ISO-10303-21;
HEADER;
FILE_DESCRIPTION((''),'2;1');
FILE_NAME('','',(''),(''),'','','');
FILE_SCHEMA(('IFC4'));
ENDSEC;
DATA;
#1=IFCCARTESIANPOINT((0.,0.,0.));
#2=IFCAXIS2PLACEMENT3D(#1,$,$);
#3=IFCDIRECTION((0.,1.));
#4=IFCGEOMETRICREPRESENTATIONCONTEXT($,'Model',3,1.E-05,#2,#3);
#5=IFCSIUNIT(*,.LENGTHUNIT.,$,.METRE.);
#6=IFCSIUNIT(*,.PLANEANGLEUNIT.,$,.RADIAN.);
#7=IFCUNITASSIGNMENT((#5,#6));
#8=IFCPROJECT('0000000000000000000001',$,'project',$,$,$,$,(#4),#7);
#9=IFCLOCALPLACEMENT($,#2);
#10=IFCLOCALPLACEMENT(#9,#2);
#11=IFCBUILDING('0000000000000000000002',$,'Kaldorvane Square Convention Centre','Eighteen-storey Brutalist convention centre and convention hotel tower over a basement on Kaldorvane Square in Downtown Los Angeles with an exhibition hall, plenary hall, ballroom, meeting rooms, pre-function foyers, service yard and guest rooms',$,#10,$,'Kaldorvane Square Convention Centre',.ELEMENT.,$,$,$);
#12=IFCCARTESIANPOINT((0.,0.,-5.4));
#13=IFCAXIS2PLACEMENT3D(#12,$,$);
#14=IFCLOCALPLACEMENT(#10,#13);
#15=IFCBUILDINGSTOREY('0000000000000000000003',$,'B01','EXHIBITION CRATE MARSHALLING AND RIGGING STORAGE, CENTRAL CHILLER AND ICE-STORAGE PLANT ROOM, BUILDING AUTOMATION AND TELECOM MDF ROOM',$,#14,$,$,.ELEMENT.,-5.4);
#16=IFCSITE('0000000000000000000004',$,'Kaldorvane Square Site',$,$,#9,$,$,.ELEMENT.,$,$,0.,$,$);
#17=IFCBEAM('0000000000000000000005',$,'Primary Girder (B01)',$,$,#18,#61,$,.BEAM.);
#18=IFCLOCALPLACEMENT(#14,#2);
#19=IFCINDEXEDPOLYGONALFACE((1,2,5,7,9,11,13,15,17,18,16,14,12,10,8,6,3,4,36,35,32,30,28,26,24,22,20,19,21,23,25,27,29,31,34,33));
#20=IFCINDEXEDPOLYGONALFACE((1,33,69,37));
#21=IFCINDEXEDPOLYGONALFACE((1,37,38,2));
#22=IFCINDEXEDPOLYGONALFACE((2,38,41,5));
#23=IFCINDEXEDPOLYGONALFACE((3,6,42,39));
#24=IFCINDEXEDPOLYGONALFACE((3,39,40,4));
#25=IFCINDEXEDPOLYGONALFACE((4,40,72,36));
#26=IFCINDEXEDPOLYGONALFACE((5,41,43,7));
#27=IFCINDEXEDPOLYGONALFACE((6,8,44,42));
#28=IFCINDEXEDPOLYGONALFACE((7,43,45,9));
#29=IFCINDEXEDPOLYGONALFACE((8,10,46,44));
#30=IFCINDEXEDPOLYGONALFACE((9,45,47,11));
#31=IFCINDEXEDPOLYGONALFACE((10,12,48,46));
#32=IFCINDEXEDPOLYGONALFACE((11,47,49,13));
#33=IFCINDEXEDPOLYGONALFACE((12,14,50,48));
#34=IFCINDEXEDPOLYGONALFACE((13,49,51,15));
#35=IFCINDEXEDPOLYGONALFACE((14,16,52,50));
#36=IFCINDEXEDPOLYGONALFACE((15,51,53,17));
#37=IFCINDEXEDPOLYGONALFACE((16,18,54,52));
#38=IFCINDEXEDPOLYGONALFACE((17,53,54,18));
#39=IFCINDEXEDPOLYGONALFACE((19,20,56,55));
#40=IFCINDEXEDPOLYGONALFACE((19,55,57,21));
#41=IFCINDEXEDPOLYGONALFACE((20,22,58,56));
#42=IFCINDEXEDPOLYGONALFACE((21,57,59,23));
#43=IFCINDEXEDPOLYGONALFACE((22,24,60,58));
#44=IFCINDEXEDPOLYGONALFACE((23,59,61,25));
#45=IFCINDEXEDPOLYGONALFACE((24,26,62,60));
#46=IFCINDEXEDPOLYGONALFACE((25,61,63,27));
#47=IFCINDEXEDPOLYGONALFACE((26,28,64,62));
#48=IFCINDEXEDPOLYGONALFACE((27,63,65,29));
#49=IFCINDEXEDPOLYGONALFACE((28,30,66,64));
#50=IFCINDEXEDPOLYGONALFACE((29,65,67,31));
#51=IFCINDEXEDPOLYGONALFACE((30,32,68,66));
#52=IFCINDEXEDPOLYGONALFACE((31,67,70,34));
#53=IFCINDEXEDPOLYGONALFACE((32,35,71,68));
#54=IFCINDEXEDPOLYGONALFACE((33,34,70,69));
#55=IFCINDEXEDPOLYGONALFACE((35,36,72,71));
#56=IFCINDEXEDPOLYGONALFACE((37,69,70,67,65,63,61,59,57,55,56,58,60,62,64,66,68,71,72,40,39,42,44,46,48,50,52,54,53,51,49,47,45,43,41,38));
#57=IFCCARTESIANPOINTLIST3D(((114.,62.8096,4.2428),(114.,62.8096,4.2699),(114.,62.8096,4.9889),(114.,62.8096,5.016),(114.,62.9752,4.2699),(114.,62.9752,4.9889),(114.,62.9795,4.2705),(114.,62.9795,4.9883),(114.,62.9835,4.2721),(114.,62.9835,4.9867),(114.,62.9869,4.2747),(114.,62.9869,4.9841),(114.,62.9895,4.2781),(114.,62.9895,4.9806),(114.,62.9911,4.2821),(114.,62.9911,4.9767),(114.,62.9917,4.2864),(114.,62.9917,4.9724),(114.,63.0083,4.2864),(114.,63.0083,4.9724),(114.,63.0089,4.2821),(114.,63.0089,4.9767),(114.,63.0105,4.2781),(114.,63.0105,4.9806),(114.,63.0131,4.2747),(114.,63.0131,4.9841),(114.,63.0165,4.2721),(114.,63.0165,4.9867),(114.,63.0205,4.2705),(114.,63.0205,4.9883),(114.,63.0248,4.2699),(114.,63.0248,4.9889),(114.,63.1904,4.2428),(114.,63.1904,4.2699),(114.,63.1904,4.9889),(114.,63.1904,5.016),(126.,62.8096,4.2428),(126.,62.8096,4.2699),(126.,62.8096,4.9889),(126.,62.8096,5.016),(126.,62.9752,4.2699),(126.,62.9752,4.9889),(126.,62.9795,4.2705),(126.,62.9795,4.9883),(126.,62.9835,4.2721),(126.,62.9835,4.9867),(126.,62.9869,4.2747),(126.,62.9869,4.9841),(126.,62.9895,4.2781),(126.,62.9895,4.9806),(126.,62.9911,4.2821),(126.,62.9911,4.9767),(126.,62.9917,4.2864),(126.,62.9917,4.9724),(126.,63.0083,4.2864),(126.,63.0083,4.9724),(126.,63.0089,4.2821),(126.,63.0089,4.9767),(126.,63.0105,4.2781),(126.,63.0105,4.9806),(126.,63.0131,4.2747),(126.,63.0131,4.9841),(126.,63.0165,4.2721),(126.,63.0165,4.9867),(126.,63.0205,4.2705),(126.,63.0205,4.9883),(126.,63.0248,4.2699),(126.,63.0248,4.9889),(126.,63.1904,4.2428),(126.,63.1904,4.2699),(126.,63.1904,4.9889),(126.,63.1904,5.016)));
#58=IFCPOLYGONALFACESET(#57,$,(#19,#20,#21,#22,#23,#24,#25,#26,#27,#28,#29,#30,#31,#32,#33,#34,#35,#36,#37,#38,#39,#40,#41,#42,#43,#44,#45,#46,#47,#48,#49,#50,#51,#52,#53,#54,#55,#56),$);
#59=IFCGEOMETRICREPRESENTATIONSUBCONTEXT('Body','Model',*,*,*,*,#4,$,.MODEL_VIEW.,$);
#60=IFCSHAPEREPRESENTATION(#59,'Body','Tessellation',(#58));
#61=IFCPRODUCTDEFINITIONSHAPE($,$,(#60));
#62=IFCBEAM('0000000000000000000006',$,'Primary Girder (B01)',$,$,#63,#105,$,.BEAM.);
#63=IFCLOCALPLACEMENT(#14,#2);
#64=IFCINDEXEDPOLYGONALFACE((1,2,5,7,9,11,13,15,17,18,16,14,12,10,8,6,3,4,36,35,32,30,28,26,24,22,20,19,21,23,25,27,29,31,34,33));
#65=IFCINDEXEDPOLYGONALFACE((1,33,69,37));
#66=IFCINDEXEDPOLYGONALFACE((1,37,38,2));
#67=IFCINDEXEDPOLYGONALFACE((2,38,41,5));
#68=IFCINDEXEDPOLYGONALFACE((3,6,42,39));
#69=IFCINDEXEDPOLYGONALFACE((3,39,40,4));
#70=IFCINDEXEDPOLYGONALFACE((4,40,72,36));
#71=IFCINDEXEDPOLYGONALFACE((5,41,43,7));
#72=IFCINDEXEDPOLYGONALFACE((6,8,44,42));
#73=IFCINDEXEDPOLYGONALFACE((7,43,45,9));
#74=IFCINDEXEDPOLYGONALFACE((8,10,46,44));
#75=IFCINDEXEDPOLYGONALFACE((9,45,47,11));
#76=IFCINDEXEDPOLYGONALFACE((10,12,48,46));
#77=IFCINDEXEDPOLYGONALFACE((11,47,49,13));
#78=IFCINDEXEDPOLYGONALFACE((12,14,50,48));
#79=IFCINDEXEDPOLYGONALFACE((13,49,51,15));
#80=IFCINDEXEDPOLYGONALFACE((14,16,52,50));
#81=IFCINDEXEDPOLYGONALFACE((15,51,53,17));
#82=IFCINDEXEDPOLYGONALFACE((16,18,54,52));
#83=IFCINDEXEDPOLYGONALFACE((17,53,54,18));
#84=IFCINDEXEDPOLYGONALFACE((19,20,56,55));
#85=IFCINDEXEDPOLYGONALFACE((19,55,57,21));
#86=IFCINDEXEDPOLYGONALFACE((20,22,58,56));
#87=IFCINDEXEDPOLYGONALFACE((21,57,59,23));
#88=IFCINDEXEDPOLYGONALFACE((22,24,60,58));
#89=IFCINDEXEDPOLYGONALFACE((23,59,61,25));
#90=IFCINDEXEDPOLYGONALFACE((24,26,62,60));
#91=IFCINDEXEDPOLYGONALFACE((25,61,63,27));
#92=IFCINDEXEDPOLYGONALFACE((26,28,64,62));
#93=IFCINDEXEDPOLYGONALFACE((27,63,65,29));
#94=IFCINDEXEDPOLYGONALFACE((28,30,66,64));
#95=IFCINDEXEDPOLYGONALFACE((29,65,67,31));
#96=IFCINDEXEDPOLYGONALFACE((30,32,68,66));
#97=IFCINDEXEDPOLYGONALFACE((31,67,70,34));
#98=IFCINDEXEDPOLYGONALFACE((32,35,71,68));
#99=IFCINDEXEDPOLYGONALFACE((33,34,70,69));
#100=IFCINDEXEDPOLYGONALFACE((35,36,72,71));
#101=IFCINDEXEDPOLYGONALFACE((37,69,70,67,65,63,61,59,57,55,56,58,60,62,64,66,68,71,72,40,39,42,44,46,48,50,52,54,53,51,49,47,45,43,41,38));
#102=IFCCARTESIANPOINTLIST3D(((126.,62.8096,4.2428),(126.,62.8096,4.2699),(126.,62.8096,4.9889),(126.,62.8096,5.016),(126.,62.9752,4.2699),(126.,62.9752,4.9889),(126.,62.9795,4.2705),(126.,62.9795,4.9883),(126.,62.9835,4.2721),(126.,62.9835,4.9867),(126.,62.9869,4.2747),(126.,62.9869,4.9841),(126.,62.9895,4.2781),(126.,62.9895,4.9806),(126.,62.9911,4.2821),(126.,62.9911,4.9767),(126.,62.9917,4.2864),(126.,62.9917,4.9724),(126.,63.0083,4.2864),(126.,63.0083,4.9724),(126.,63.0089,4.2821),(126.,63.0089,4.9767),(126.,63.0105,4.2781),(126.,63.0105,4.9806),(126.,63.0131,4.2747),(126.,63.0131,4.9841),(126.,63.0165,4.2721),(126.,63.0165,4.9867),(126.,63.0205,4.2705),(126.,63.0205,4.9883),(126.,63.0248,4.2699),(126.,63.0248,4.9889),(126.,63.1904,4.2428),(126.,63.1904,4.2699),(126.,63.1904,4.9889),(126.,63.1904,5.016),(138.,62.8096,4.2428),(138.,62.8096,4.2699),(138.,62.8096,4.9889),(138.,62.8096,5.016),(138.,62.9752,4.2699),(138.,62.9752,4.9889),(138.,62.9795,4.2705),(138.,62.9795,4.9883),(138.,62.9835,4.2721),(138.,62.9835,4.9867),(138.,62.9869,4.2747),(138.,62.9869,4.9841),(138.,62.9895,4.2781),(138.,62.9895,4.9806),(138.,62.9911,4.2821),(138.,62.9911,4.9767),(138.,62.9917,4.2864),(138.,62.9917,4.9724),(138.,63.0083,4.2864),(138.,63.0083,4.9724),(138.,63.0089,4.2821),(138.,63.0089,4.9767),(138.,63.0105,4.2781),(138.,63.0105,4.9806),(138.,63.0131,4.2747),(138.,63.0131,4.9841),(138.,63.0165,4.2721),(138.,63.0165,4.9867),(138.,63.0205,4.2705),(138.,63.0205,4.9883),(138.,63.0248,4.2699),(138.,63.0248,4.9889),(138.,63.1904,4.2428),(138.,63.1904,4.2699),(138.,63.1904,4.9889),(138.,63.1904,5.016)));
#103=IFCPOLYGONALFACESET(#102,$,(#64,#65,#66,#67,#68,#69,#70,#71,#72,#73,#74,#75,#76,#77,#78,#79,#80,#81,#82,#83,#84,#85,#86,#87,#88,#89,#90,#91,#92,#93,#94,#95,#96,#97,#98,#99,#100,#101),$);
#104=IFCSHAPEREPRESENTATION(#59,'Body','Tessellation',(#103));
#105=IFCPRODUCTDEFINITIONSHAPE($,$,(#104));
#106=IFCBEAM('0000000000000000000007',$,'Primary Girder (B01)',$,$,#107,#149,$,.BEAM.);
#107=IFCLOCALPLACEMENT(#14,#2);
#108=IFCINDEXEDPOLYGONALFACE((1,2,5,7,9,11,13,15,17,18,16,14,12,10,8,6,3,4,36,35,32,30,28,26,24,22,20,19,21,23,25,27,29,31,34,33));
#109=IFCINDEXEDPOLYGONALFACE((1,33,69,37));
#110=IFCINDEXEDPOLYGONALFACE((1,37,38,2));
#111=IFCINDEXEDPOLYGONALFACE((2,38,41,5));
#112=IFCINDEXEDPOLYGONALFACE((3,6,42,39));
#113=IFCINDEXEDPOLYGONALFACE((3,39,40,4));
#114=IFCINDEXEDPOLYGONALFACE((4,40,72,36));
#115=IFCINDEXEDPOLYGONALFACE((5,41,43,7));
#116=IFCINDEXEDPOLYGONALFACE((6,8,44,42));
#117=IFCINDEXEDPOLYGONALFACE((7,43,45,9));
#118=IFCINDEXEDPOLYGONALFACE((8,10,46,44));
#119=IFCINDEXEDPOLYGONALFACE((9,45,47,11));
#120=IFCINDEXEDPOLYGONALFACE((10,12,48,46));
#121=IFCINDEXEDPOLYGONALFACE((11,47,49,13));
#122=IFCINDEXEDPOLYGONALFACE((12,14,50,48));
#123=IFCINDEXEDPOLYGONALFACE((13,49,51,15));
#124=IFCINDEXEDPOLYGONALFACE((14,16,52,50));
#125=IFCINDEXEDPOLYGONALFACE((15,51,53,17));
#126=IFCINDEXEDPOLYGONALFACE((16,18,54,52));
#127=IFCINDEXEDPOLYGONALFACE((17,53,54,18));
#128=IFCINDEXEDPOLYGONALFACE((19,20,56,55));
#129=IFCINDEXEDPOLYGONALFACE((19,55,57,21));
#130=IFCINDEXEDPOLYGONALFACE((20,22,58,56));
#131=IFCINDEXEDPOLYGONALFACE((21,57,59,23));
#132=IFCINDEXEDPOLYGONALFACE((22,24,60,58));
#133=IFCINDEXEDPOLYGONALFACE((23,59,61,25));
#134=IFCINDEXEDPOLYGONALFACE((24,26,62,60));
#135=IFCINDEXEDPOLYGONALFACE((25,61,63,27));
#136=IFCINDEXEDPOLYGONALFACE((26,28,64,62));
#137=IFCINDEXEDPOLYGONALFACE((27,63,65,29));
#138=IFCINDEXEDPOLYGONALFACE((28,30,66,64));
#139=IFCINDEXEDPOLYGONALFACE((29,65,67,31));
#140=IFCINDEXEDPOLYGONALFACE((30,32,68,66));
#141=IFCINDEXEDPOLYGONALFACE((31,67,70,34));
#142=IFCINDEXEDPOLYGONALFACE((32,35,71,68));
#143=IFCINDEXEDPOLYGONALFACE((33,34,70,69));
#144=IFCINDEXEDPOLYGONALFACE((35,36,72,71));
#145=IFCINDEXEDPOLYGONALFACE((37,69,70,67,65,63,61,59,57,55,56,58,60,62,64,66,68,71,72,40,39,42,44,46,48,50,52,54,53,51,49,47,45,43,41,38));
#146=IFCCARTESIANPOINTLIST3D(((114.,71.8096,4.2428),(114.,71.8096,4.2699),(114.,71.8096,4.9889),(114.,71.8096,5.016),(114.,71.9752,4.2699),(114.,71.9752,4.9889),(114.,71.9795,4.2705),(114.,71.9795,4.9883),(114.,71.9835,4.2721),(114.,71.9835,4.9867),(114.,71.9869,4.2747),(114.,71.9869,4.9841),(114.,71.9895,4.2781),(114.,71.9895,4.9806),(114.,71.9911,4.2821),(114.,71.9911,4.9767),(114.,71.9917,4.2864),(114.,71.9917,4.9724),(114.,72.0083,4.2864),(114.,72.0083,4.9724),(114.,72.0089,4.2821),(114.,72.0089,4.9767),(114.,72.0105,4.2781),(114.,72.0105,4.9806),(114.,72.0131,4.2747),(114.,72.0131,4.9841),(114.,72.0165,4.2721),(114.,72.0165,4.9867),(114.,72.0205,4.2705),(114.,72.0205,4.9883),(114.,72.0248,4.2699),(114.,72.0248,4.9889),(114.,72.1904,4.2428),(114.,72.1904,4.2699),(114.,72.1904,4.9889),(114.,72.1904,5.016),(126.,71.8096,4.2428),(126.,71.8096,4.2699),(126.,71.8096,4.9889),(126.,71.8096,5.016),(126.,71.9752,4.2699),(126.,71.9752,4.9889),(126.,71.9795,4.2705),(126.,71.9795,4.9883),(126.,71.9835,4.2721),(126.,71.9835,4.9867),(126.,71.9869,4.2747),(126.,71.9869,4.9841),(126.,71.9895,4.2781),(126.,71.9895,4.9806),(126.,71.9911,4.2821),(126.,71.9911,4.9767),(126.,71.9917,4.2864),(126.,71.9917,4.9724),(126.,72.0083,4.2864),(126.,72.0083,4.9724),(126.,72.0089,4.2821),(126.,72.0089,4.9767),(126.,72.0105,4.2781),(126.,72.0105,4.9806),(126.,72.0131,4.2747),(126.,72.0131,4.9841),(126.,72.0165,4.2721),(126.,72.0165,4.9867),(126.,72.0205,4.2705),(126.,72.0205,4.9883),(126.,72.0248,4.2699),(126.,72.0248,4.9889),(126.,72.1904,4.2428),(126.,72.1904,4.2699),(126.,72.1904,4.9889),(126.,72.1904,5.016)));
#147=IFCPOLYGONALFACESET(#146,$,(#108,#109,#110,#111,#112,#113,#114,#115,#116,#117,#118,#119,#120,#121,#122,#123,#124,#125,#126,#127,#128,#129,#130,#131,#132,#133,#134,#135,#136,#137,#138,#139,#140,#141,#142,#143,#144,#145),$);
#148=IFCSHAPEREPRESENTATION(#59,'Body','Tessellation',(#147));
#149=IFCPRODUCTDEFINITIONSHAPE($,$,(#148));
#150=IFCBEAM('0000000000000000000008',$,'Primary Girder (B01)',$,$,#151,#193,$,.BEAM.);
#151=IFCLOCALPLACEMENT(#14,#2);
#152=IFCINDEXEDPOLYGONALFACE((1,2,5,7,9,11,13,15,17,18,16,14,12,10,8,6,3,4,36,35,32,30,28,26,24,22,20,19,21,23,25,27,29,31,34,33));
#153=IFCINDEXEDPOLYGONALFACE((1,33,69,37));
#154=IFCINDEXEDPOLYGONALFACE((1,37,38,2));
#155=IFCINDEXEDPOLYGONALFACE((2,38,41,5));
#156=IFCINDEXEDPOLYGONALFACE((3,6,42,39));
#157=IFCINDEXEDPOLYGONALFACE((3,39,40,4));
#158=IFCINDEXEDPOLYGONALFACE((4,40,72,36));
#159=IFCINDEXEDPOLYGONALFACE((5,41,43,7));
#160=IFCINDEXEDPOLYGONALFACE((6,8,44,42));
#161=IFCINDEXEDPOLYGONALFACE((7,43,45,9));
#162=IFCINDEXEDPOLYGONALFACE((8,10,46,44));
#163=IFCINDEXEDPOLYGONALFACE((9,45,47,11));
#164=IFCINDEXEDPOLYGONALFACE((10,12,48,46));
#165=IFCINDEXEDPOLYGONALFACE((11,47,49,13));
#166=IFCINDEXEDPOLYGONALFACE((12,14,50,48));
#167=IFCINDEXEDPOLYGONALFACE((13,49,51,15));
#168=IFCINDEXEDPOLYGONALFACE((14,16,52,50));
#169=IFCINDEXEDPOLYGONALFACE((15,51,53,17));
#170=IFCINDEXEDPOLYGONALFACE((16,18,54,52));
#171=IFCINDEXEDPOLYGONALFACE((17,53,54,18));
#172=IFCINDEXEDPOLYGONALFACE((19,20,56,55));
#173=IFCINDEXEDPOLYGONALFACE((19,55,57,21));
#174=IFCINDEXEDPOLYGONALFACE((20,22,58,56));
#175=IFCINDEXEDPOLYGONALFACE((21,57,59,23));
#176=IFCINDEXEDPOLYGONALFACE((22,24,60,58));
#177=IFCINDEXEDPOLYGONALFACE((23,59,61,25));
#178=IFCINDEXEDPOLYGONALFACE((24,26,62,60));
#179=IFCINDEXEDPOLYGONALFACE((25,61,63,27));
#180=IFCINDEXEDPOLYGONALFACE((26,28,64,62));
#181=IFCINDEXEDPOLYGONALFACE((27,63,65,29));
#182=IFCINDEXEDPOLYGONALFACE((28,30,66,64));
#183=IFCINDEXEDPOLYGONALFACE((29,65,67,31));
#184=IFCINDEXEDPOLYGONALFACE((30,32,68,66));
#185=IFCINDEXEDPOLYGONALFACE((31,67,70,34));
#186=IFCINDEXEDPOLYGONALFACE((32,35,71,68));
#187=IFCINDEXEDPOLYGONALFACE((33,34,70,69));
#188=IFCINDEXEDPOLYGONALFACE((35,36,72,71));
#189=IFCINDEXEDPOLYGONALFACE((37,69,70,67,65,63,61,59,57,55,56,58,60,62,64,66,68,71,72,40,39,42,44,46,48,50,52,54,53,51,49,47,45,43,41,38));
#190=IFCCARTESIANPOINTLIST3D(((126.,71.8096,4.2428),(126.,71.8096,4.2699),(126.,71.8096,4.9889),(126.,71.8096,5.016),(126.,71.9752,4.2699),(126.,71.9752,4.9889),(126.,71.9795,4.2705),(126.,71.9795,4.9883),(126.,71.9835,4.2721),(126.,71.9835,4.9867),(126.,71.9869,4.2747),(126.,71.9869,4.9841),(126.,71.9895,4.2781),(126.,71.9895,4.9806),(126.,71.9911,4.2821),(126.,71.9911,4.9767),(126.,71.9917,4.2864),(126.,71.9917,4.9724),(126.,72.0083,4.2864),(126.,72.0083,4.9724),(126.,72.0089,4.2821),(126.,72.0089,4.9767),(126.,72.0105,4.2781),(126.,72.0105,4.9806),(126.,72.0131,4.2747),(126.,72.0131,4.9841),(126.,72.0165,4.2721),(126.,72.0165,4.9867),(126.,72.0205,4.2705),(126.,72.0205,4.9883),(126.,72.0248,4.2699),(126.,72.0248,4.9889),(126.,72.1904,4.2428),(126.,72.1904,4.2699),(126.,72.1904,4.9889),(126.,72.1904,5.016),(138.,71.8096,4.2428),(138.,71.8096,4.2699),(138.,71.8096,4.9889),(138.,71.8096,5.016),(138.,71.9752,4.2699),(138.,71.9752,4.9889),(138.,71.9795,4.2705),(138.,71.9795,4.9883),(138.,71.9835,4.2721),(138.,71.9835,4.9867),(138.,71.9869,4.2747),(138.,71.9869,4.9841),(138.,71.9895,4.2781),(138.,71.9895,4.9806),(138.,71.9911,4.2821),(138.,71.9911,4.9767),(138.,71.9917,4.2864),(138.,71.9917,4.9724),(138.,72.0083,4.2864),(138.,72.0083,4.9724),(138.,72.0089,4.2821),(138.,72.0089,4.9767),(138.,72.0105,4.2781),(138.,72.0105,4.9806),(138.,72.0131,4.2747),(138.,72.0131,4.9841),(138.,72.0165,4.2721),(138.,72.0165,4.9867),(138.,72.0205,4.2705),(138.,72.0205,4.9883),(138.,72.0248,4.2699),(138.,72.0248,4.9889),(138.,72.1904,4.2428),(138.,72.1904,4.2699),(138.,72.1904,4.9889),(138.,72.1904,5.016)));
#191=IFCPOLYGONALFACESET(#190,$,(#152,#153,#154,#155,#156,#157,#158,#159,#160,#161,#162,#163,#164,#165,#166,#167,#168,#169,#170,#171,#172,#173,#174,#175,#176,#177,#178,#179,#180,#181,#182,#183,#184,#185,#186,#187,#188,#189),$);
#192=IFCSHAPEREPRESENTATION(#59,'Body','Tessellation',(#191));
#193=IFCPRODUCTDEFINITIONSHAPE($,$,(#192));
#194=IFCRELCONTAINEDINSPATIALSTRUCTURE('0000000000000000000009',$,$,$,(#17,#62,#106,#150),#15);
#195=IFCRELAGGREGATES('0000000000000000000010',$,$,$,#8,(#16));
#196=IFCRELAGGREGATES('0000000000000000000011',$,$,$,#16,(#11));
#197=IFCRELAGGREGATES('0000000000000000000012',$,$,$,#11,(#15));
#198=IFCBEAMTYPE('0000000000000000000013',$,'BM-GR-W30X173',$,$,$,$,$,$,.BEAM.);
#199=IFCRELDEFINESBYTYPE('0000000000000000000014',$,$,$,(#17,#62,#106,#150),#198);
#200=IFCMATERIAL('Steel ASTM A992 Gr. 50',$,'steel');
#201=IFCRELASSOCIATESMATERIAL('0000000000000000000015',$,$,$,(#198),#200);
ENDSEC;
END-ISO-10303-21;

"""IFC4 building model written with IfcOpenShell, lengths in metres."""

from ifc_helpers import new_model, si_unit, direction, frame, origin, origin_2d, place, context, subcontext, project, spatial, i_section, extrude, material, material_profile, profile_set, type_object, element, save


model = new_model("IFC4")

# Units and contexts
model_context = context("Model", 3, precision=1e-05, world=origin(), true_north=direction((0.0, 1.0)))
body_context = subcontext(model_context, "Body", "Model", "MODEL_VIEW")
ifc_project = project(units=[si_unit("LENGTHUNIT", "METRE"), si_unit("PLANEANGLEUNIT", "RADIAN")], contexts=[model_context])

# Site, building, storey
site_placement = place(None, origin())
site = spatial("IfcSite", under=ifc_project, at=site_placement, Name="Kaldorvane Square Site", CompositionType="ELEMENT", RefElevation=0.0)
building_placement = place(site_placement, origin())
building = spatial("IfcBuilding", under=site, at=building_placement, Name="Kaldorvane Square Convention Centre", Description="Eighteen-storey Brutalist convention centre and convention hotel tower over a basement on Kaldorvane Square in Downtown Los Angeles with an exhibition hall, plenary hall, ballroom, meeting rooms, pre-function foyers, service yard and guest rooms", LongName="Kaldorvane Square Convention Centre", CompositionType="ELEMENT")
storey_placement = place(building_placement, frame((0.0, 0.0, -5.4)))
storey = spatial("IfcBuildingStorey", under=building, at=storey_placement, Name="B01", Description="EXHIBITION CRATE MARSHALLING AND RIGGING STORAGE, CENTRAL CHILLER AND ICE-STORAGE PLANT ROOM, BUILDING AUTOMATION AND TELECOM MDF ROOM", CompositionType="ELEMENT", Elevation=-5.4)

# Shared definitions
ifc_material_1 = material(Name="Steel ASTM A992 Gr. 50", Category="steel")

# Beams
ifc_material_profile_1 = material_profile(ifc_material_1, i_section(OverallWidth=0.3807, OverallDepth=0.7732, WebThickness=0.0166, FlangeThickness=0.0271, FilletRadius=0.0165, at=origin_2d()), Name="W30X173")
ifc_profile_set_1 = profile_set([ifc_material_profile_1], Name="Steel ASTM A992 Gr. 50")
beam_type_1 = type_object("IfcBeamType", Name="BM-GR-W30X173", PredefinedType="BEAM", material=ifc_profile_set_1)
for number, where, z_axis, x_axis, name in (
    (1, (114.0, 63.0, 4.6294), (1.0, 0.0, 0.0), (0.0, 1.0, 0.0), "Primary Girder (B01)"),
    (2, (126.0, 63.0, 4.6294), (1.0, 0.0, 0.0), (0.0, 1.0, 0.0), "Primary Girder (B01)"),
    (3, (114.0, 72.0, 4.6294), (1.0, 0.0, 0.0), (0.0, 1.0, 0.0), "Primary Girder (B01)"),
    (4, (126.0, 72.0, 4.6294), (1.0, 0.0, 0.0), (0.0, 1.0, 0.0), "Primary Girder (B01)"),
):
    element("IfcBeam", number, at=place(storey_placement, frame(where, z_axis=z_axis, x_axis=x_axis)), inside=storey, type_object=beam_type_1, Name=name, PredefinedType="BEAM", context=body_context, shape_type="SweptSolid", body=[
        extrude(i_section(OverallWidth=0.3807, OverallDepth=0.7732, WebThickness=0.0166, FlangeThickness=0.0271, FilletRadius=0.0165, at=origin_2d()), origin(), (0.0, 0.0, 1.0), 12.0),
    ])

save(model, "model.ifc")
